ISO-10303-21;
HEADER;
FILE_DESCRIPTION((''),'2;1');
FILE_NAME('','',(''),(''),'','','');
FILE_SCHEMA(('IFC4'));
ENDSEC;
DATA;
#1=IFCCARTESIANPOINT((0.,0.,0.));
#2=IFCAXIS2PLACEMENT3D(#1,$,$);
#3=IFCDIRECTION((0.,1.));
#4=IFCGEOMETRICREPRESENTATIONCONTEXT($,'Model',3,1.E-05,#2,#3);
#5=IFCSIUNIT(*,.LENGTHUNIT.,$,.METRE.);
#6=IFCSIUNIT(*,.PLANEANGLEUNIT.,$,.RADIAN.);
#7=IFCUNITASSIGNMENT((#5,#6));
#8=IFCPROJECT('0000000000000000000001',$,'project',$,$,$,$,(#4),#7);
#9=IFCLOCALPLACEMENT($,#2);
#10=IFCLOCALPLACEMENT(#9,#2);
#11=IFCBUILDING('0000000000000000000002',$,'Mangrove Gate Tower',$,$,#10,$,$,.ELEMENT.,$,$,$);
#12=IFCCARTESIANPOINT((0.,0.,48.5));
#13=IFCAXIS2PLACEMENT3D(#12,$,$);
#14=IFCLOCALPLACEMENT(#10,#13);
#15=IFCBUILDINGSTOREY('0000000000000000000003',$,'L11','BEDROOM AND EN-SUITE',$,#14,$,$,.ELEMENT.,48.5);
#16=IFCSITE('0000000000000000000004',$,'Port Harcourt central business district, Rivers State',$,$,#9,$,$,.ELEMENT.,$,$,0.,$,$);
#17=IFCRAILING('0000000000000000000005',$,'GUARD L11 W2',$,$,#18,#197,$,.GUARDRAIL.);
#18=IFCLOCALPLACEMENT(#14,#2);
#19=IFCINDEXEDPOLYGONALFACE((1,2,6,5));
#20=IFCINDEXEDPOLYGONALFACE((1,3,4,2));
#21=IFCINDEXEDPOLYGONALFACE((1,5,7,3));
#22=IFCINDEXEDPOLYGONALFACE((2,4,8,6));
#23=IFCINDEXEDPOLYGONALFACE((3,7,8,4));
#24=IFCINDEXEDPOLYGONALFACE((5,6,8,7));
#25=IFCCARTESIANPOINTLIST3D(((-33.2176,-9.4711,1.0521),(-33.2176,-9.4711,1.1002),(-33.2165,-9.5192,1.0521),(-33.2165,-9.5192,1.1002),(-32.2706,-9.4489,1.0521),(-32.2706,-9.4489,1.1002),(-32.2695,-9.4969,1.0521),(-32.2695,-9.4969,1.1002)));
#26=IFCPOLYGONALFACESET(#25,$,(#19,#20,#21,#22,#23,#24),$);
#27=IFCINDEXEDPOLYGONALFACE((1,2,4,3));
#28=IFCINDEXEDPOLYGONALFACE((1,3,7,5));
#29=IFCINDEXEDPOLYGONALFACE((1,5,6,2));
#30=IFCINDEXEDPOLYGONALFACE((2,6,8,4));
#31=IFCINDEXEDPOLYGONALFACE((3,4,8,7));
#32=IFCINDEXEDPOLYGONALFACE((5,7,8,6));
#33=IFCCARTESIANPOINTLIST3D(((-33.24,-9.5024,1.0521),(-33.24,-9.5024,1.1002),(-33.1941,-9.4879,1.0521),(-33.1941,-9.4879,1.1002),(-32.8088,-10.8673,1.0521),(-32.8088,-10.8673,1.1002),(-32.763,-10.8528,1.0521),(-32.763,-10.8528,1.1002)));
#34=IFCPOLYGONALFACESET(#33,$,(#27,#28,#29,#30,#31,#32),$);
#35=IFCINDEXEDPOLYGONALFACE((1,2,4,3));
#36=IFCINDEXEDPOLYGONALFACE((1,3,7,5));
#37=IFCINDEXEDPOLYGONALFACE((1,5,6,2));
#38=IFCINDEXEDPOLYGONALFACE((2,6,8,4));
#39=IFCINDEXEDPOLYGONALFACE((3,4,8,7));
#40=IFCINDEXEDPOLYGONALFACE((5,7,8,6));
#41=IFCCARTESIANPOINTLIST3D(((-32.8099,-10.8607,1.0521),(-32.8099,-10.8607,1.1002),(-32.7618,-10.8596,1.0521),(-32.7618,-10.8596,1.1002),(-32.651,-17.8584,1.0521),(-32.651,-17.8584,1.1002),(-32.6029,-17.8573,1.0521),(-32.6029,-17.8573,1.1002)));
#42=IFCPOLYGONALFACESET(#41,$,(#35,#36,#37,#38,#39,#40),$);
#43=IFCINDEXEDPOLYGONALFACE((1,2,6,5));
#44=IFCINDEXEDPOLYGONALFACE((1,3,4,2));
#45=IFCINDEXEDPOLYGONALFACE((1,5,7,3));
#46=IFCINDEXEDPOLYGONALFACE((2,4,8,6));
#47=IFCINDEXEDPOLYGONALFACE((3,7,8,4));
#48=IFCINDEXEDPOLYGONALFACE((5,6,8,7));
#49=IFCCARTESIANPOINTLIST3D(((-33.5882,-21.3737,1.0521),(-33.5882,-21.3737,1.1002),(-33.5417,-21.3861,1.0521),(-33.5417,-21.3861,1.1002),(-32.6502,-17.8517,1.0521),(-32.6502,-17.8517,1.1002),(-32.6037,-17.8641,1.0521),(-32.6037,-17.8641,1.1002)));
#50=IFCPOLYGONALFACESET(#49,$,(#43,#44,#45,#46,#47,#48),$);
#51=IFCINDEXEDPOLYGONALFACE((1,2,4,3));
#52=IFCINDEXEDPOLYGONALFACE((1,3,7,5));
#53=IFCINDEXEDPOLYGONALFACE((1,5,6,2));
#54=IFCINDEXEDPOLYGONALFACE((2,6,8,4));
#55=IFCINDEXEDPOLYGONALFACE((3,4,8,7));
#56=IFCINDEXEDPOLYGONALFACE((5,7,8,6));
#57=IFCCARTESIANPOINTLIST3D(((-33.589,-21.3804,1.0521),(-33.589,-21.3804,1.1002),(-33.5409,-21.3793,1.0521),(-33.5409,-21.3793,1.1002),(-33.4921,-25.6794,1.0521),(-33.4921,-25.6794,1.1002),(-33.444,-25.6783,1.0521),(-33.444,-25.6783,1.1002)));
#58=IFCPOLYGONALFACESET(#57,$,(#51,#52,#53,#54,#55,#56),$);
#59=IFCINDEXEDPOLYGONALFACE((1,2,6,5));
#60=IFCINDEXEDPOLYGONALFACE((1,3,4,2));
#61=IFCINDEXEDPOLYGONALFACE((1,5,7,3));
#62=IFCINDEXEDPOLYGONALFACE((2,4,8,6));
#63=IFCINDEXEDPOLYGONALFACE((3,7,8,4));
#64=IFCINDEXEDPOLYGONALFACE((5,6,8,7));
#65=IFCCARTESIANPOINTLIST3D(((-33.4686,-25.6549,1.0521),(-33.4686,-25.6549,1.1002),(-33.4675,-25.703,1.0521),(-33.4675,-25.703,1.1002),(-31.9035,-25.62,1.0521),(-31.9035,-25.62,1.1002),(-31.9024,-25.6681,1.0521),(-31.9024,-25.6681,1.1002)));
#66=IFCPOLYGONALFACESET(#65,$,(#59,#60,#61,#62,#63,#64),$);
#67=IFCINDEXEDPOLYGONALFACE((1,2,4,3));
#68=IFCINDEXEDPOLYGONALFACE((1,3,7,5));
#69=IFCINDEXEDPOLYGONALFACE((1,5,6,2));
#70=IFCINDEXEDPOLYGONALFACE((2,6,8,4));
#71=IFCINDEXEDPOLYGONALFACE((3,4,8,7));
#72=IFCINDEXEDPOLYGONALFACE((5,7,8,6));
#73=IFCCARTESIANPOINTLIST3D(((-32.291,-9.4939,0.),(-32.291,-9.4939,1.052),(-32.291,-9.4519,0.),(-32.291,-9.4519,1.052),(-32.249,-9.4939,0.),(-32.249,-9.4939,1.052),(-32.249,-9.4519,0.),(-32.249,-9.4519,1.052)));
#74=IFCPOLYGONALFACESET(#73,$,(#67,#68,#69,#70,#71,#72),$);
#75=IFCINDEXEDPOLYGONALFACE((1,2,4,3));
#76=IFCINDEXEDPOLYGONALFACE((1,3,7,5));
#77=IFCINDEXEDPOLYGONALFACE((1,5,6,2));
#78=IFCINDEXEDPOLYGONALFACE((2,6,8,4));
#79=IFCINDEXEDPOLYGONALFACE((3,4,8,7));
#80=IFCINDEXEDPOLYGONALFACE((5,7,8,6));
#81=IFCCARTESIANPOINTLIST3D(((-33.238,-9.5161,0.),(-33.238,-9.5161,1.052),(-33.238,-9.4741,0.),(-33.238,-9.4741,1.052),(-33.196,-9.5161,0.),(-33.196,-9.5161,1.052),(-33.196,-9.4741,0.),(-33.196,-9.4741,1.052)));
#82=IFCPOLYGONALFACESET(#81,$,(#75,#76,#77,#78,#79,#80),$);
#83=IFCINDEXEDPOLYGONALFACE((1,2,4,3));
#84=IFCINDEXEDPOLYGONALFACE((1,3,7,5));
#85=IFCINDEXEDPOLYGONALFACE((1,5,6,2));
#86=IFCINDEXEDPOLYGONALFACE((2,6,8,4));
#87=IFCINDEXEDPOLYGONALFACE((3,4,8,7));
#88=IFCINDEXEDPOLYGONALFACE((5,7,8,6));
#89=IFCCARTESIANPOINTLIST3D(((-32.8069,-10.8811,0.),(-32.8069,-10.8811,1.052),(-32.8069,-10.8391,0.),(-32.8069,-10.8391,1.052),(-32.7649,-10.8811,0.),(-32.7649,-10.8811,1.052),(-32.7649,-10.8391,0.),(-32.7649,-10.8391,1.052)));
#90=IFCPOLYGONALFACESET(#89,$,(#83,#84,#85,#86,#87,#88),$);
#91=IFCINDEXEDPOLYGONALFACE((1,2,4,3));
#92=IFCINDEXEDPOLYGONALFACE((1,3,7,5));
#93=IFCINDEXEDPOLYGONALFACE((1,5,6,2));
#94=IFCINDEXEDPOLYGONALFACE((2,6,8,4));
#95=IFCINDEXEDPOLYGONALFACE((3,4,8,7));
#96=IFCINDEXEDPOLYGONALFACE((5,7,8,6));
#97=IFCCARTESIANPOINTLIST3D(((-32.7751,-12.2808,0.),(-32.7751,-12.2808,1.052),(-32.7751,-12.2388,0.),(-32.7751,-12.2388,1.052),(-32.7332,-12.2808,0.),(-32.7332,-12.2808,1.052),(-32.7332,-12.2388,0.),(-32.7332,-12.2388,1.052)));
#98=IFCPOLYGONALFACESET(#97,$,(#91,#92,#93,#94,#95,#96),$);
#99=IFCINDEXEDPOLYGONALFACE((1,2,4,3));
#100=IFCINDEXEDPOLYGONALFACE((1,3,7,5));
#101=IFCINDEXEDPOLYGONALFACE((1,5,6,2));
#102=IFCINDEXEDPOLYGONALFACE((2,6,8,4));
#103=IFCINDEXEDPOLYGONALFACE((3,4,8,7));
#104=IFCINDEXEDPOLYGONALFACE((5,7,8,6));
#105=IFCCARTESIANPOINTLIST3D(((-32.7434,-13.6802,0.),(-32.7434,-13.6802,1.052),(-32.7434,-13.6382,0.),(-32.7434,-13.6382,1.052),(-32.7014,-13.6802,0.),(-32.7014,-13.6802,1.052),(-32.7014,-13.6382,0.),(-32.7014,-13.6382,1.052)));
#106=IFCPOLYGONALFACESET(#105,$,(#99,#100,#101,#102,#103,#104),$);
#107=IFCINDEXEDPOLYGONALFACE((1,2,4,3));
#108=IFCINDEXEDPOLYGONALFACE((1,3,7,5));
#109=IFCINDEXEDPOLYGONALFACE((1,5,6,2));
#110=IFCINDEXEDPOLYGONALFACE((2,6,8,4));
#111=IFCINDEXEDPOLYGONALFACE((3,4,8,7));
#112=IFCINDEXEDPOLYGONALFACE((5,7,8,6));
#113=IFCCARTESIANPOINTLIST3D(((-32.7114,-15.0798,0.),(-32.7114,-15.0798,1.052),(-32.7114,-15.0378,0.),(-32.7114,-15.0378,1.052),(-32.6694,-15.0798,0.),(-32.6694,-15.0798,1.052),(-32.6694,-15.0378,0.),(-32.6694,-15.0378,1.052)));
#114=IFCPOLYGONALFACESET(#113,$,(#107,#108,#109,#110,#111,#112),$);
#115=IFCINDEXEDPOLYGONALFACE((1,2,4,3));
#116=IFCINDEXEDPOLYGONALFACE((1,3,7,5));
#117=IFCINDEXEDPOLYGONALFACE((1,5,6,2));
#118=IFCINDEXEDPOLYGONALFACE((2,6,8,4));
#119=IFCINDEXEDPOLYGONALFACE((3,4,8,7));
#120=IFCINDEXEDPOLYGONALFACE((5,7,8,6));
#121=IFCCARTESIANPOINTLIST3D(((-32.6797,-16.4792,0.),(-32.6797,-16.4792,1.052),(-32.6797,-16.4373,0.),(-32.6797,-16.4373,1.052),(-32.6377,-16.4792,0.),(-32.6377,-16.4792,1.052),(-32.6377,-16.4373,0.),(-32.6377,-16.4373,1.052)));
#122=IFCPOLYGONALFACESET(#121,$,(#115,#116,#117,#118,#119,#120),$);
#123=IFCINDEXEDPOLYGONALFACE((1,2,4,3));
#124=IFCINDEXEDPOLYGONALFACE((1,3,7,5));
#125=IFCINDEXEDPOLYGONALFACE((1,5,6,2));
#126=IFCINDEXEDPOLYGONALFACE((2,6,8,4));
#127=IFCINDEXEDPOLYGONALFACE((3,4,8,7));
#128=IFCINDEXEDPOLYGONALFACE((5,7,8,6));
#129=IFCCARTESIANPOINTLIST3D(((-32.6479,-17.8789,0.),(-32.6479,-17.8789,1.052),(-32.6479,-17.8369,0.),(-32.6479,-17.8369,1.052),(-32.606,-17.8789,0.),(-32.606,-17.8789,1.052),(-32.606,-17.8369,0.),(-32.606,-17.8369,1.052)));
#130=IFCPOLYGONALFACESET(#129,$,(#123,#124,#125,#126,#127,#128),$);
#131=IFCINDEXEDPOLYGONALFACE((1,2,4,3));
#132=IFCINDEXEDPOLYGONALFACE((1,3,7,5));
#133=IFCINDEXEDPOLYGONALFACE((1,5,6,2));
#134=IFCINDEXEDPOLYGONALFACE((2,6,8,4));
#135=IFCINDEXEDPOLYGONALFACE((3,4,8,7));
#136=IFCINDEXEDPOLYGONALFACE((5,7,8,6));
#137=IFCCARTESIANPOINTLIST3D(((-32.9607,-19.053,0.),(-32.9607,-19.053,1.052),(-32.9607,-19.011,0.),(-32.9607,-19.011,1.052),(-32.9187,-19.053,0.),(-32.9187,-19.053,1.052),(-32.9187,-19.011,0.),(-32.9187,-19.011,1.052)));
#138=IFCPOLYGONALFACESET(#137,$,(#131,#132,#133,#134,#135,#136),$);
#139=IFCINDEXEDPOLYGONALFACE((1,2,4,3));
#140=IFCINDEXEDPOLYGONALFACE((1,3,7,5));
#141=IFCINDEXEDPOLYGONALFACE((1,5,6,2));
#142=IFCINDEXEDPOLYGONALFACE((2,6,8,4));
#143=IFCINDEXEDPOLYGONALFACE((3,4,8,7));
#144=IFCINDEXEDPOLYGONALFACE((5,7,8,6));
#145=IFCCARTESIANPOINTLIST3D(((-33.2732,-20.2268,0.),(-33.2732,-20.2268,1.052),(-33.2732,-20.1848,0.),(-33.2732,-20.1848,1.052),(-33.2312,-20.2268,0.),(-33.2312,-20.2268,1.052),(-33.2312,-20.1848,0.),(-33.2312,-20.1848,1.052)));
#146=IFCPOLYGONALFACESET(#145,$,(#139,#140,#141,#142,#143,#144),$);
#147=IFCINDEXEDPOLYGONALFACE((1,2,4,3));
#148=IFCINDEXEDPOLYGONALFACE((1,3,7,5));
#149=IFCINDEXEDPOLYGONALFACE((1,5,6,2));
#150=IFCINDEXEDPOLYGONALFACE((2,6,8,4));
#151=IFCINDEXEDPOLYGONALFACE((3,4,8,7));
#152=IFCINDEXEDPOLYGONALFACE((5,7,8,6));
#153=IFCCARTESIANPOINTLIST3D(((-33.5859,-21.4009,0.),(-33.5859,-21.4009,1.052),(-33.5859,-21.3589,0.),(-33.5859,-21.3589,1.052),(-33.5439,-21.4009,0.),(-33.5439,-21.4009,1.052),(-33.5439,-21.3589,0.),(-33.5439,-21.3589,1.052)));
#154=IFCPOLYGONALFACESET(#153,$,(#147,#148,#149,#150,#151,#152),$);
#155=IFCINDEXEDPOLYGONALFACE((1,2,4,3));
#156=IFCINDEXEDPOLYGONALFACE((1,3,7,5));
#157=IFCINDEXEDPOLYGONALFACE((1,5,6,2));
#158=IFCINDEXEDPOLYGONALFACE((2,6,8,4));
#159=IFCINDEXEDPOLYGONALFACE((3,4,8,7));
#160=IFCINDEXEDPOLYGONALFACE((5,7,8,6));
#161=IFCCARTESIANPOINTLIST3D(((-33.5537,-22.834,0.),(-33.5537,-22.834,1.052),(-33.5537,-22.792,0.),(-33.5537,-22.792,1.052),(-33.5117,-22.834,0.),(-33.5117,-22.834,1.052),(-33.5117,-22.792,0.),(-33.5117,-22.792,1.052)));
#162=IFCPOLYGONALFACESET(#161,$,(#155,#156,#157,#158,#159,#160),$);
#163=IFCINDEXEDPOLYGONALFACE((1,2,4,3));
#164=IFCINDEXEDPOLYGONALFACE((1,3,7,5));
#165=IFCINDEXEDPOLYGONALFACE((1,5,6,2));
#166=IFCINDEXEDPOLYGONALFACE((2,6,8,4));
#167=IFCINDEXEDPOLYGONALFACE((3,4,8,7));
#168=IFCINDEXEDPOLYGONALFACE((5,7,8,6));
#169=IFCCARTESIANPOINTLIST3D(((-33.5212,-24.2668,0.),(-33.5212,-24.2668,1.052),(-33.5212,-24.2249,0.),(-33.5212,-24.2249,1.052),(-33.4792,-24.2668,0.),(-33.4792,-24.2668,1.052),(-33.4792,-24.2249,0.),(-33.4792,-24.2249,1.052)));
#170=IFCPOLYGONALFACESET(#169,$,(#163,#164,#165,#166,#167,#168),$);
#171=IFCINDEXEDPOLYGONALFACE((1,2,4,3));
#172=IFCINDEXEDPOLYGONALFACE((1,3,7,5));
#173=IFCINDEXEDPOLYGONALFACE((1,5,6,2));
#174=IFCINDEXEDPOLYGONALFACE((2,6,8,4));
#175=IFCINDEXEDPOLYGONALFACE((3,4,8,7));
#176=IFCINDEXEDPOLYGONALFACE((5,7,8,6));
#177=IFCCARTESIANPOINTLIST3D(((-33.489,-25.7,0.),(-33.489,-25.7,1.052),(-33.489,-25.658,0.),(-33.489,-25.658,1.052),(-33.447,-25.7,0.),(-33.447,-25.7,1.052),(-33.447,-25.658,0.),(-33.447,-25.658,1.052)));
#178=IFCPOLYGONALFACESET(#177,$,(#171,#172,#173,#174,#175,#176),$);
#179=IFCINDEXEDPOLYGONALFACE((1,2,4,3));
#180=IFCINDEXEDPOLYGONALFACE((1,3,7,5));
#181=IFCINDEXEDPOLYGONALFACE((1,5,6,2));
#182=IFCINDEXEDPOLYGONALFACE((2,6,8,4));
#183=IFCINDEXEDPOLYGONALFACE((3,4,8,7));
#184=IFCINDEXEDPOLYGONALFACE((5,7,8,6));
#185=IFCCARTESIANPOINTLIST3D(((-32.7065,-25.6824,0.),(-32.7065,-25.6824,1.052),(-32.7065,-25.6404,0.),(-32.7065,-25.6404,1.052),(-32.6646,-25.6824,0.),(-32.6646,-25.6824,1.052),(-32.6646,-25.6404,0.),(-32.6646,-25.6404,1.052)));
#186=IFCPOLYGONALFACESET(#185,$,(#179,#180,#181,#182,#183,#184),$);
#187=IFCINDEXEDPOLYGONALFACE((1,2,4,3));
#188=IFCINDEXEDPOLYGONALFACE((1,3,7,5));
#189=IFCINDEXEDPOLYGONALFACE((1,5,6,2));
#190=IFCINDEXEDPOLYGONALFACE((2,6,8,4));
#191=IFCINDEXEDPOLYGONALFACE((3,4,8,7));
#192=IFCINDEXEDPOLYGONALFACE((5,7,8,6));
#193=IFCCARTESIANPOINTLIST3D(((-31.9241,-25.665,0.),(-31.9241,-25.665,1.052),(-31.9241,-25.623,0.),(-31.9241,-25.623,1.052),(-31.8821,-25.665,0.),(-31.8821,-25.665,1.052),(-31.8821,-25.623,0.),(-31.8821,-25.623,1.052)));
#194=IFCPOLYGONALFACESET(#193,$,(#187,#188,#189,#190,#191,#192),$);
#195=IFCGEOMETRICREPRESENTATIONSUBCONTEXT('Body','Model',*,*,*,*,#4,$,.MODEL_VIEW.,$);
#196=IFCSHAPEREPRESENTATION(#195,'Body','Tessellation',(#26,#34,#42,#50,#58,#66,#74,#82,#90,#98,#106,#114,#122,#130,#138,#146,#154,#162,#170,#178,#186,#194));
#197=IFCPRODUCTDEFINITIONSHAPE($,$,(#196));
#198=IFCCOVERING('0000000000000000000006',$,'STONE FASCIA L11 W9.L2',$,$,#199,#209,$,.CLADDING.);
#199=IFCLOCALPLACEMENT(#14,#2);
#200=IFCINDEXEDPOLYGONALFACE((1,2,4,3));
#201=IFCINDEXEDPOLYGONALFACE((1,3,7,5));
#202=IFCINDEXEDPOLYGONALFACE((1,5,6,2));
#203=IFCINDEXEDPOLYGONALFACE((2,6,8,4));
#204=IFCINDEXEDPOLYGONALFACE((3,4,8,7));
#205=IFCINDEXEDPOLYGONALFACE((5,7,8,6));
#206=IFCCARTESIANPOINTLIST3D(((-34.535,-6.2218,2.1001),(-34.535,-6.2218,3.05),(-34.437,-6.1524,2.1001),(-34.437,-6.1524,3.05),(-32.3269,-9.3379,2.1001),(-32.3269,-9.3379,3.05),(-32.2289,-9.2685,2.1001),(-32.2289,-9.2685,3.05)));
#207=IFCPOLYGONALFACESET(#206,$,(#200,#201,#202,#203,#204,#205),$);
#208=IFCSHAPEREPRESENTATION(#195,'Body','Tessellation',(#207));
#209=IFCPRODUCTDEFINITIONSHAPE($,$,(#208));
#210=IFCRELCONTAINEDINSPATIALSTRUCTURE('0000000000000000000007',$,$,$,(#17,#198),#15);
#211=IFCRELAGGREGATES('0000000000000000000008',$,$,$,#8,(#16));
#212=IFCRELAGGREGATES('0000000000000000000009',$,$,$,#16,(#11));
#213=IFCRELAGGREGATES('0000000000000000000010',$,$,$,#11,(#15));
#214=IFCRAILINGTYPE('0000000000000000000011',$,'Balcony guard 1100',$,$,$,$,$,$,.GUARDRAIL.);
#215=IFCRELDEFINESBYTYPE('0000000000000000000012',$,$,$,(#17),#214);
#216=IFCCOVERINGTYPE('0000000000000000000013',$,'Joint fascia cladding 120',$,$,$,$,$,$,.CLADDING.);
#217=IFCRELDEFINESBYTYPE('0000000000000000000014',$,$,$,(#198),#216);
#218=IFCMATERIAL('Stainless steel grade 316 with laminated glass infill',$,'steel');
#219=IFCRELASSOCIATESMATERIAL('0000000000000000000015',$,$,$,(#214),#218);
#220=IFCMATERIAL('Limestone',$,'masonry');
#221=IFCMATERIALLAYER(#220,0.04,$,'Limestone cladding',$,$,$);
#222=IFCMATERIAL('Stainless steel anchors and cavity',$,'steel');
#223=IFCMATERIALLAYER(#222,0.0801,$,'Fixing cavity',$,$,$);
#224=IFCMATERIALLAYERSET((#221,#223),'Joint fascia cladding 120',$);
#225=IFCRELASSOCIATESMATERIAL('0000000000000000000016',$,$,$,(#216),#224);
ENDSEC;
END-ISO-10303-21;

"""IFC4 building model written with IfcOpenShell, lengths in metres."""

from ifc_helpers import new_model, si_unit, direction, frame, frame_2d, origin, origin_2d, place, context, subcontext, project, spatial, rectangle, extrude, material, layer, layer_set, type_object, element, save


model = new_model("IFC4")

# Units and contexts
model_context = context("Model", 3, precision=1e-05, world=origin(), true_north=direction((0.0, 1.0)))
body_context = subcontext(model_context, "Body", "Model", "MODEL_VIEW")
ifc_project = project(units=[si_unit("LENGTHUNIT", "METRE"), si_unit("PLANEANGLEUNIT", "RADIAN")], contexts=[model_context])

# Site, building, storey
site_placement = place(None, origin())
site = spatial("IfcSite", under=ifc_project, at=site_placement, Name="Port Harcourt central business district, Rivers State", CompositionType="ELEMENT", RefElevation=0.0)
building_placement = place(site_placement, origin())
building = spatial("IfcBuilding", under=site, at=building_placement, Name="Mangrove Gate Tower", CompositionType="ELEMENT")
storey_placement = place(building_placement, frame((0.0, 0.0, 48.5)))
storey = spatial("IfcBuildingStorey", under=building, at=storey_placement, Name="L11", Description="BEDROOM AND EN-SUITE", CompositionType="ELEMENT", Elevation=48.5)

# Shared definitions
ifc_material_1 = material(Name="Limestone", Category="masonry")

# Railing
ifc_material_2 = material(Name="Stainless steel grade 316 with laminated glass infill", Category="steel")
railing_type = type_object("IfcRailingType", Name="Balcony guard 1100", PredefinedType="GUARDRAIL", material=ifc_material_2)
railing_placement = place(storey_placement, frame((-32.27, -9.4729, 0.0)))
element("IfcRailing", 1, at=railing_placement, inside=storey, type_object=railing_type, Name="GUARD L11 W2", PredefinedType="GUARDRAIL", context=body_context, shape_type="SweptSolid", body=[
    extrude(rectangle(XDim=0.0481, YDim=0.0481, at=origin_2d()), frame((0.0, 0.0, 1.0762), z_axis=(-0.999725, -0.023453, 0.0), x_axis=(0.023453, -0.999725, 0.0)), (0.0, 0.0, 1.0), 0.9473),
    extrude(rectangle(XDim=0.0481, YDim=0.0481, at=origin_2d()), frame((-0.947, -0.0222, 1.0762), z_axis=(0.301197, -0.953562, 0.0), x_axis=(0.953562, 0.301197, 0.0)), (0.0, 0.0, 1.0), 1.4314),
    extrude(rectangle(XDim=0.0481, YDim=0.0481, at=origin_2d()), frame((-0.5159, -1.3872, 1.0762), z_axis=(0.022706, -0.999742, 0.0), x_axis=(0.999742, 0.022706, 0.0)), (0.0, 0.0, 1.0), 6.9995),
    extrude(rectangle(XDim=0.0481, YDim=0.0481, at=origin_2d()), frame((-0.3569, -8.385, 1.0762), z_axis=(-0.257354, -0.966317, 0.0), x_axis=(0.966317, -0.257354, 0.0)), (0.0, 0.0, 1.0), 3.6448),
    extrude(rectangle(XDim=0.0481, YDim=0.0481, at=origin_2d()), frame((-1.2949, -11.907, 1.0762), z_axis=(0.02254, -0.999746, 0.0), x_axis=(0.999746, 0.02254, 0.0)), (0.0, 0.0, 1.0), 4.3),
    extrude(rectangle(XDim=0.0481, YDim=0.0481, at=origin_2d()), frame((-1.198, -16.2061, 1.0762), z_axis=(0.999751, 0.022303, 0.0), x_axis=(-0.022303, 0.999751, 0.0)), (0.0, 0.0, 1.0), 1.5654),
    extrude(rectangle(XDim=0.042, YDim=0.042, at=origin_2d()), origin(), (0.0, 0.0, 1.0), 1.052),
    extrude(rectangle(XDim=0.042, YDim=0.042, at=origin_2d()), frame((-0.947, -0.0222, 0.0)), (0.0, 0.0, 1.0), 1.052),
    extrude(rectangle(XDim=0.042, YDim=0.042, at=origin_2d()), frame((-0.5159, -1.3872, 0.0)), (0.0, 0.0, 1.0), 1.052),
    extrude(rectangle(XDim=0.042, YDim=0.042, at=origin_2d()), frame((-0.4841, -2.7869, 0.0)), (0.0, 0.0, 1.0), 1.052),
    extrude(rectangle(XDim=0.042, YDim=0.042, at=origin_2d()), frame((-0.4524, -4.1863, 0.0)), (0.0, 0.0, 1.0), 1.052),
    extrude(rectangle(XDim=0.042, YDim=0.042, at=origin_2d()), frame((-0.4204, -5.5859, 0.0)), (0.0, 0.0, 1.0), 1.052),
    extrude(rectangle(XDim=0.042, YDim=0.042, at=origin_2d()), frame((-0.3887, -6.9854, 0.0)), (0.0, 0.0, 1.0), 1.052),
    extrude(rectangle(XDim=0.042, YDim=0.042, at=origin_2d()), frame((-0.3569, -8.385, 0.0)), (0.0, 0.0, 1.0), 1.052),
    extrude(rectangle(XDim=0.042, YDim=0.042, at=origin_2d()), frame((-0.6697, -9.5591, 0.0)), (0.0, 0.0, 1.0), 1.052),
    extrude(rectangle(XDim=0.042, YDim=0.042, at=origin_2d()), frame((-0.9822, -10.7329, 0.0)), (0.0, 0.0, 1.0), 1.052),
    extrude(rectangle(XDim=0.042, YDim=0.042, at=origin_2d()), frame((-1.2949, -11.907, 0.0)), (0.0, 0.0, 1.0), 1.052),
    extrude(rectangle(XDim=0.042, YDim=0.042, at=origin_2d()), frame((-1.2627, -13.3401, 0.0)), (0.0, 0.0, 1.0), 1.052),
    extrude(rectangle(XDim=0.042, YDim=0.042, at=origin_2d()), frame((-1.2302, -14.7729, 0.0)), (0.0, 0.0, 1.0), 1.052),
    extrude(rectangle(XDim=0.042, YDim=0.042, at=origin_2d()), frame((-1.198, -16.2061, 0.0)), (0.0, 0.0, 1.0), 1.052),
    extrude(rectangle(XDim=0.042, YDim=0.042, at=origin_2d()), frame((-0.4155, -16.1885, 0.0)), (0.0, 0.0, 1.0), 1.052),
    extrude(rectangle(XDim=0.042, YDim=0.042, at=origin_2d()), frame((0.3669, -16.1711, 0.0)), (0.0, 0.0, 1.0), 1.052),
])

# Covering
ifc_layer_1 = layer(ifc_material_1, 0.04, Name="Limestone cladding")
ifc_material_3 = material(Name="Stainless steel anchors and cavity", Category="steel")
ifc_layer_2 = layer(ifc_material_3, 0.0801, Name="Fixing cavity")
ifc_layer_set_1 = layer_set([ifc_layer_1, ifc_layer_2], Name="Joint fascia cladding 120")
covering_type = type_object("IfcCoveringType", Name="Joint fascia cladding 120", PredefinedType="CLADDING", material=ifc_layer_set_1)
covering_placement = place(storey_placement, frame((-34.4861, -6.187, 2.1001), z_axis=(0.0, 0.0, 1.0), x_axis=(0.578168, -0.815918, 0.0)))
element("IfcCovering", 2, at=covering_placement, inside=storey, type_object=covering_type, Name="STONE FASCIA L11 W9.L2", PredefinedType="CLADDING", context=body_context, shape_type="SweptSolid", body=[
    extrude(rectangle(XDim=3.8191, YDim=0.1201, at=frame_2d((1.9097, 0.0))), origin(), (0.0, 0.0, 1.0), 0.95),
])

save(model, "model.ifc")
